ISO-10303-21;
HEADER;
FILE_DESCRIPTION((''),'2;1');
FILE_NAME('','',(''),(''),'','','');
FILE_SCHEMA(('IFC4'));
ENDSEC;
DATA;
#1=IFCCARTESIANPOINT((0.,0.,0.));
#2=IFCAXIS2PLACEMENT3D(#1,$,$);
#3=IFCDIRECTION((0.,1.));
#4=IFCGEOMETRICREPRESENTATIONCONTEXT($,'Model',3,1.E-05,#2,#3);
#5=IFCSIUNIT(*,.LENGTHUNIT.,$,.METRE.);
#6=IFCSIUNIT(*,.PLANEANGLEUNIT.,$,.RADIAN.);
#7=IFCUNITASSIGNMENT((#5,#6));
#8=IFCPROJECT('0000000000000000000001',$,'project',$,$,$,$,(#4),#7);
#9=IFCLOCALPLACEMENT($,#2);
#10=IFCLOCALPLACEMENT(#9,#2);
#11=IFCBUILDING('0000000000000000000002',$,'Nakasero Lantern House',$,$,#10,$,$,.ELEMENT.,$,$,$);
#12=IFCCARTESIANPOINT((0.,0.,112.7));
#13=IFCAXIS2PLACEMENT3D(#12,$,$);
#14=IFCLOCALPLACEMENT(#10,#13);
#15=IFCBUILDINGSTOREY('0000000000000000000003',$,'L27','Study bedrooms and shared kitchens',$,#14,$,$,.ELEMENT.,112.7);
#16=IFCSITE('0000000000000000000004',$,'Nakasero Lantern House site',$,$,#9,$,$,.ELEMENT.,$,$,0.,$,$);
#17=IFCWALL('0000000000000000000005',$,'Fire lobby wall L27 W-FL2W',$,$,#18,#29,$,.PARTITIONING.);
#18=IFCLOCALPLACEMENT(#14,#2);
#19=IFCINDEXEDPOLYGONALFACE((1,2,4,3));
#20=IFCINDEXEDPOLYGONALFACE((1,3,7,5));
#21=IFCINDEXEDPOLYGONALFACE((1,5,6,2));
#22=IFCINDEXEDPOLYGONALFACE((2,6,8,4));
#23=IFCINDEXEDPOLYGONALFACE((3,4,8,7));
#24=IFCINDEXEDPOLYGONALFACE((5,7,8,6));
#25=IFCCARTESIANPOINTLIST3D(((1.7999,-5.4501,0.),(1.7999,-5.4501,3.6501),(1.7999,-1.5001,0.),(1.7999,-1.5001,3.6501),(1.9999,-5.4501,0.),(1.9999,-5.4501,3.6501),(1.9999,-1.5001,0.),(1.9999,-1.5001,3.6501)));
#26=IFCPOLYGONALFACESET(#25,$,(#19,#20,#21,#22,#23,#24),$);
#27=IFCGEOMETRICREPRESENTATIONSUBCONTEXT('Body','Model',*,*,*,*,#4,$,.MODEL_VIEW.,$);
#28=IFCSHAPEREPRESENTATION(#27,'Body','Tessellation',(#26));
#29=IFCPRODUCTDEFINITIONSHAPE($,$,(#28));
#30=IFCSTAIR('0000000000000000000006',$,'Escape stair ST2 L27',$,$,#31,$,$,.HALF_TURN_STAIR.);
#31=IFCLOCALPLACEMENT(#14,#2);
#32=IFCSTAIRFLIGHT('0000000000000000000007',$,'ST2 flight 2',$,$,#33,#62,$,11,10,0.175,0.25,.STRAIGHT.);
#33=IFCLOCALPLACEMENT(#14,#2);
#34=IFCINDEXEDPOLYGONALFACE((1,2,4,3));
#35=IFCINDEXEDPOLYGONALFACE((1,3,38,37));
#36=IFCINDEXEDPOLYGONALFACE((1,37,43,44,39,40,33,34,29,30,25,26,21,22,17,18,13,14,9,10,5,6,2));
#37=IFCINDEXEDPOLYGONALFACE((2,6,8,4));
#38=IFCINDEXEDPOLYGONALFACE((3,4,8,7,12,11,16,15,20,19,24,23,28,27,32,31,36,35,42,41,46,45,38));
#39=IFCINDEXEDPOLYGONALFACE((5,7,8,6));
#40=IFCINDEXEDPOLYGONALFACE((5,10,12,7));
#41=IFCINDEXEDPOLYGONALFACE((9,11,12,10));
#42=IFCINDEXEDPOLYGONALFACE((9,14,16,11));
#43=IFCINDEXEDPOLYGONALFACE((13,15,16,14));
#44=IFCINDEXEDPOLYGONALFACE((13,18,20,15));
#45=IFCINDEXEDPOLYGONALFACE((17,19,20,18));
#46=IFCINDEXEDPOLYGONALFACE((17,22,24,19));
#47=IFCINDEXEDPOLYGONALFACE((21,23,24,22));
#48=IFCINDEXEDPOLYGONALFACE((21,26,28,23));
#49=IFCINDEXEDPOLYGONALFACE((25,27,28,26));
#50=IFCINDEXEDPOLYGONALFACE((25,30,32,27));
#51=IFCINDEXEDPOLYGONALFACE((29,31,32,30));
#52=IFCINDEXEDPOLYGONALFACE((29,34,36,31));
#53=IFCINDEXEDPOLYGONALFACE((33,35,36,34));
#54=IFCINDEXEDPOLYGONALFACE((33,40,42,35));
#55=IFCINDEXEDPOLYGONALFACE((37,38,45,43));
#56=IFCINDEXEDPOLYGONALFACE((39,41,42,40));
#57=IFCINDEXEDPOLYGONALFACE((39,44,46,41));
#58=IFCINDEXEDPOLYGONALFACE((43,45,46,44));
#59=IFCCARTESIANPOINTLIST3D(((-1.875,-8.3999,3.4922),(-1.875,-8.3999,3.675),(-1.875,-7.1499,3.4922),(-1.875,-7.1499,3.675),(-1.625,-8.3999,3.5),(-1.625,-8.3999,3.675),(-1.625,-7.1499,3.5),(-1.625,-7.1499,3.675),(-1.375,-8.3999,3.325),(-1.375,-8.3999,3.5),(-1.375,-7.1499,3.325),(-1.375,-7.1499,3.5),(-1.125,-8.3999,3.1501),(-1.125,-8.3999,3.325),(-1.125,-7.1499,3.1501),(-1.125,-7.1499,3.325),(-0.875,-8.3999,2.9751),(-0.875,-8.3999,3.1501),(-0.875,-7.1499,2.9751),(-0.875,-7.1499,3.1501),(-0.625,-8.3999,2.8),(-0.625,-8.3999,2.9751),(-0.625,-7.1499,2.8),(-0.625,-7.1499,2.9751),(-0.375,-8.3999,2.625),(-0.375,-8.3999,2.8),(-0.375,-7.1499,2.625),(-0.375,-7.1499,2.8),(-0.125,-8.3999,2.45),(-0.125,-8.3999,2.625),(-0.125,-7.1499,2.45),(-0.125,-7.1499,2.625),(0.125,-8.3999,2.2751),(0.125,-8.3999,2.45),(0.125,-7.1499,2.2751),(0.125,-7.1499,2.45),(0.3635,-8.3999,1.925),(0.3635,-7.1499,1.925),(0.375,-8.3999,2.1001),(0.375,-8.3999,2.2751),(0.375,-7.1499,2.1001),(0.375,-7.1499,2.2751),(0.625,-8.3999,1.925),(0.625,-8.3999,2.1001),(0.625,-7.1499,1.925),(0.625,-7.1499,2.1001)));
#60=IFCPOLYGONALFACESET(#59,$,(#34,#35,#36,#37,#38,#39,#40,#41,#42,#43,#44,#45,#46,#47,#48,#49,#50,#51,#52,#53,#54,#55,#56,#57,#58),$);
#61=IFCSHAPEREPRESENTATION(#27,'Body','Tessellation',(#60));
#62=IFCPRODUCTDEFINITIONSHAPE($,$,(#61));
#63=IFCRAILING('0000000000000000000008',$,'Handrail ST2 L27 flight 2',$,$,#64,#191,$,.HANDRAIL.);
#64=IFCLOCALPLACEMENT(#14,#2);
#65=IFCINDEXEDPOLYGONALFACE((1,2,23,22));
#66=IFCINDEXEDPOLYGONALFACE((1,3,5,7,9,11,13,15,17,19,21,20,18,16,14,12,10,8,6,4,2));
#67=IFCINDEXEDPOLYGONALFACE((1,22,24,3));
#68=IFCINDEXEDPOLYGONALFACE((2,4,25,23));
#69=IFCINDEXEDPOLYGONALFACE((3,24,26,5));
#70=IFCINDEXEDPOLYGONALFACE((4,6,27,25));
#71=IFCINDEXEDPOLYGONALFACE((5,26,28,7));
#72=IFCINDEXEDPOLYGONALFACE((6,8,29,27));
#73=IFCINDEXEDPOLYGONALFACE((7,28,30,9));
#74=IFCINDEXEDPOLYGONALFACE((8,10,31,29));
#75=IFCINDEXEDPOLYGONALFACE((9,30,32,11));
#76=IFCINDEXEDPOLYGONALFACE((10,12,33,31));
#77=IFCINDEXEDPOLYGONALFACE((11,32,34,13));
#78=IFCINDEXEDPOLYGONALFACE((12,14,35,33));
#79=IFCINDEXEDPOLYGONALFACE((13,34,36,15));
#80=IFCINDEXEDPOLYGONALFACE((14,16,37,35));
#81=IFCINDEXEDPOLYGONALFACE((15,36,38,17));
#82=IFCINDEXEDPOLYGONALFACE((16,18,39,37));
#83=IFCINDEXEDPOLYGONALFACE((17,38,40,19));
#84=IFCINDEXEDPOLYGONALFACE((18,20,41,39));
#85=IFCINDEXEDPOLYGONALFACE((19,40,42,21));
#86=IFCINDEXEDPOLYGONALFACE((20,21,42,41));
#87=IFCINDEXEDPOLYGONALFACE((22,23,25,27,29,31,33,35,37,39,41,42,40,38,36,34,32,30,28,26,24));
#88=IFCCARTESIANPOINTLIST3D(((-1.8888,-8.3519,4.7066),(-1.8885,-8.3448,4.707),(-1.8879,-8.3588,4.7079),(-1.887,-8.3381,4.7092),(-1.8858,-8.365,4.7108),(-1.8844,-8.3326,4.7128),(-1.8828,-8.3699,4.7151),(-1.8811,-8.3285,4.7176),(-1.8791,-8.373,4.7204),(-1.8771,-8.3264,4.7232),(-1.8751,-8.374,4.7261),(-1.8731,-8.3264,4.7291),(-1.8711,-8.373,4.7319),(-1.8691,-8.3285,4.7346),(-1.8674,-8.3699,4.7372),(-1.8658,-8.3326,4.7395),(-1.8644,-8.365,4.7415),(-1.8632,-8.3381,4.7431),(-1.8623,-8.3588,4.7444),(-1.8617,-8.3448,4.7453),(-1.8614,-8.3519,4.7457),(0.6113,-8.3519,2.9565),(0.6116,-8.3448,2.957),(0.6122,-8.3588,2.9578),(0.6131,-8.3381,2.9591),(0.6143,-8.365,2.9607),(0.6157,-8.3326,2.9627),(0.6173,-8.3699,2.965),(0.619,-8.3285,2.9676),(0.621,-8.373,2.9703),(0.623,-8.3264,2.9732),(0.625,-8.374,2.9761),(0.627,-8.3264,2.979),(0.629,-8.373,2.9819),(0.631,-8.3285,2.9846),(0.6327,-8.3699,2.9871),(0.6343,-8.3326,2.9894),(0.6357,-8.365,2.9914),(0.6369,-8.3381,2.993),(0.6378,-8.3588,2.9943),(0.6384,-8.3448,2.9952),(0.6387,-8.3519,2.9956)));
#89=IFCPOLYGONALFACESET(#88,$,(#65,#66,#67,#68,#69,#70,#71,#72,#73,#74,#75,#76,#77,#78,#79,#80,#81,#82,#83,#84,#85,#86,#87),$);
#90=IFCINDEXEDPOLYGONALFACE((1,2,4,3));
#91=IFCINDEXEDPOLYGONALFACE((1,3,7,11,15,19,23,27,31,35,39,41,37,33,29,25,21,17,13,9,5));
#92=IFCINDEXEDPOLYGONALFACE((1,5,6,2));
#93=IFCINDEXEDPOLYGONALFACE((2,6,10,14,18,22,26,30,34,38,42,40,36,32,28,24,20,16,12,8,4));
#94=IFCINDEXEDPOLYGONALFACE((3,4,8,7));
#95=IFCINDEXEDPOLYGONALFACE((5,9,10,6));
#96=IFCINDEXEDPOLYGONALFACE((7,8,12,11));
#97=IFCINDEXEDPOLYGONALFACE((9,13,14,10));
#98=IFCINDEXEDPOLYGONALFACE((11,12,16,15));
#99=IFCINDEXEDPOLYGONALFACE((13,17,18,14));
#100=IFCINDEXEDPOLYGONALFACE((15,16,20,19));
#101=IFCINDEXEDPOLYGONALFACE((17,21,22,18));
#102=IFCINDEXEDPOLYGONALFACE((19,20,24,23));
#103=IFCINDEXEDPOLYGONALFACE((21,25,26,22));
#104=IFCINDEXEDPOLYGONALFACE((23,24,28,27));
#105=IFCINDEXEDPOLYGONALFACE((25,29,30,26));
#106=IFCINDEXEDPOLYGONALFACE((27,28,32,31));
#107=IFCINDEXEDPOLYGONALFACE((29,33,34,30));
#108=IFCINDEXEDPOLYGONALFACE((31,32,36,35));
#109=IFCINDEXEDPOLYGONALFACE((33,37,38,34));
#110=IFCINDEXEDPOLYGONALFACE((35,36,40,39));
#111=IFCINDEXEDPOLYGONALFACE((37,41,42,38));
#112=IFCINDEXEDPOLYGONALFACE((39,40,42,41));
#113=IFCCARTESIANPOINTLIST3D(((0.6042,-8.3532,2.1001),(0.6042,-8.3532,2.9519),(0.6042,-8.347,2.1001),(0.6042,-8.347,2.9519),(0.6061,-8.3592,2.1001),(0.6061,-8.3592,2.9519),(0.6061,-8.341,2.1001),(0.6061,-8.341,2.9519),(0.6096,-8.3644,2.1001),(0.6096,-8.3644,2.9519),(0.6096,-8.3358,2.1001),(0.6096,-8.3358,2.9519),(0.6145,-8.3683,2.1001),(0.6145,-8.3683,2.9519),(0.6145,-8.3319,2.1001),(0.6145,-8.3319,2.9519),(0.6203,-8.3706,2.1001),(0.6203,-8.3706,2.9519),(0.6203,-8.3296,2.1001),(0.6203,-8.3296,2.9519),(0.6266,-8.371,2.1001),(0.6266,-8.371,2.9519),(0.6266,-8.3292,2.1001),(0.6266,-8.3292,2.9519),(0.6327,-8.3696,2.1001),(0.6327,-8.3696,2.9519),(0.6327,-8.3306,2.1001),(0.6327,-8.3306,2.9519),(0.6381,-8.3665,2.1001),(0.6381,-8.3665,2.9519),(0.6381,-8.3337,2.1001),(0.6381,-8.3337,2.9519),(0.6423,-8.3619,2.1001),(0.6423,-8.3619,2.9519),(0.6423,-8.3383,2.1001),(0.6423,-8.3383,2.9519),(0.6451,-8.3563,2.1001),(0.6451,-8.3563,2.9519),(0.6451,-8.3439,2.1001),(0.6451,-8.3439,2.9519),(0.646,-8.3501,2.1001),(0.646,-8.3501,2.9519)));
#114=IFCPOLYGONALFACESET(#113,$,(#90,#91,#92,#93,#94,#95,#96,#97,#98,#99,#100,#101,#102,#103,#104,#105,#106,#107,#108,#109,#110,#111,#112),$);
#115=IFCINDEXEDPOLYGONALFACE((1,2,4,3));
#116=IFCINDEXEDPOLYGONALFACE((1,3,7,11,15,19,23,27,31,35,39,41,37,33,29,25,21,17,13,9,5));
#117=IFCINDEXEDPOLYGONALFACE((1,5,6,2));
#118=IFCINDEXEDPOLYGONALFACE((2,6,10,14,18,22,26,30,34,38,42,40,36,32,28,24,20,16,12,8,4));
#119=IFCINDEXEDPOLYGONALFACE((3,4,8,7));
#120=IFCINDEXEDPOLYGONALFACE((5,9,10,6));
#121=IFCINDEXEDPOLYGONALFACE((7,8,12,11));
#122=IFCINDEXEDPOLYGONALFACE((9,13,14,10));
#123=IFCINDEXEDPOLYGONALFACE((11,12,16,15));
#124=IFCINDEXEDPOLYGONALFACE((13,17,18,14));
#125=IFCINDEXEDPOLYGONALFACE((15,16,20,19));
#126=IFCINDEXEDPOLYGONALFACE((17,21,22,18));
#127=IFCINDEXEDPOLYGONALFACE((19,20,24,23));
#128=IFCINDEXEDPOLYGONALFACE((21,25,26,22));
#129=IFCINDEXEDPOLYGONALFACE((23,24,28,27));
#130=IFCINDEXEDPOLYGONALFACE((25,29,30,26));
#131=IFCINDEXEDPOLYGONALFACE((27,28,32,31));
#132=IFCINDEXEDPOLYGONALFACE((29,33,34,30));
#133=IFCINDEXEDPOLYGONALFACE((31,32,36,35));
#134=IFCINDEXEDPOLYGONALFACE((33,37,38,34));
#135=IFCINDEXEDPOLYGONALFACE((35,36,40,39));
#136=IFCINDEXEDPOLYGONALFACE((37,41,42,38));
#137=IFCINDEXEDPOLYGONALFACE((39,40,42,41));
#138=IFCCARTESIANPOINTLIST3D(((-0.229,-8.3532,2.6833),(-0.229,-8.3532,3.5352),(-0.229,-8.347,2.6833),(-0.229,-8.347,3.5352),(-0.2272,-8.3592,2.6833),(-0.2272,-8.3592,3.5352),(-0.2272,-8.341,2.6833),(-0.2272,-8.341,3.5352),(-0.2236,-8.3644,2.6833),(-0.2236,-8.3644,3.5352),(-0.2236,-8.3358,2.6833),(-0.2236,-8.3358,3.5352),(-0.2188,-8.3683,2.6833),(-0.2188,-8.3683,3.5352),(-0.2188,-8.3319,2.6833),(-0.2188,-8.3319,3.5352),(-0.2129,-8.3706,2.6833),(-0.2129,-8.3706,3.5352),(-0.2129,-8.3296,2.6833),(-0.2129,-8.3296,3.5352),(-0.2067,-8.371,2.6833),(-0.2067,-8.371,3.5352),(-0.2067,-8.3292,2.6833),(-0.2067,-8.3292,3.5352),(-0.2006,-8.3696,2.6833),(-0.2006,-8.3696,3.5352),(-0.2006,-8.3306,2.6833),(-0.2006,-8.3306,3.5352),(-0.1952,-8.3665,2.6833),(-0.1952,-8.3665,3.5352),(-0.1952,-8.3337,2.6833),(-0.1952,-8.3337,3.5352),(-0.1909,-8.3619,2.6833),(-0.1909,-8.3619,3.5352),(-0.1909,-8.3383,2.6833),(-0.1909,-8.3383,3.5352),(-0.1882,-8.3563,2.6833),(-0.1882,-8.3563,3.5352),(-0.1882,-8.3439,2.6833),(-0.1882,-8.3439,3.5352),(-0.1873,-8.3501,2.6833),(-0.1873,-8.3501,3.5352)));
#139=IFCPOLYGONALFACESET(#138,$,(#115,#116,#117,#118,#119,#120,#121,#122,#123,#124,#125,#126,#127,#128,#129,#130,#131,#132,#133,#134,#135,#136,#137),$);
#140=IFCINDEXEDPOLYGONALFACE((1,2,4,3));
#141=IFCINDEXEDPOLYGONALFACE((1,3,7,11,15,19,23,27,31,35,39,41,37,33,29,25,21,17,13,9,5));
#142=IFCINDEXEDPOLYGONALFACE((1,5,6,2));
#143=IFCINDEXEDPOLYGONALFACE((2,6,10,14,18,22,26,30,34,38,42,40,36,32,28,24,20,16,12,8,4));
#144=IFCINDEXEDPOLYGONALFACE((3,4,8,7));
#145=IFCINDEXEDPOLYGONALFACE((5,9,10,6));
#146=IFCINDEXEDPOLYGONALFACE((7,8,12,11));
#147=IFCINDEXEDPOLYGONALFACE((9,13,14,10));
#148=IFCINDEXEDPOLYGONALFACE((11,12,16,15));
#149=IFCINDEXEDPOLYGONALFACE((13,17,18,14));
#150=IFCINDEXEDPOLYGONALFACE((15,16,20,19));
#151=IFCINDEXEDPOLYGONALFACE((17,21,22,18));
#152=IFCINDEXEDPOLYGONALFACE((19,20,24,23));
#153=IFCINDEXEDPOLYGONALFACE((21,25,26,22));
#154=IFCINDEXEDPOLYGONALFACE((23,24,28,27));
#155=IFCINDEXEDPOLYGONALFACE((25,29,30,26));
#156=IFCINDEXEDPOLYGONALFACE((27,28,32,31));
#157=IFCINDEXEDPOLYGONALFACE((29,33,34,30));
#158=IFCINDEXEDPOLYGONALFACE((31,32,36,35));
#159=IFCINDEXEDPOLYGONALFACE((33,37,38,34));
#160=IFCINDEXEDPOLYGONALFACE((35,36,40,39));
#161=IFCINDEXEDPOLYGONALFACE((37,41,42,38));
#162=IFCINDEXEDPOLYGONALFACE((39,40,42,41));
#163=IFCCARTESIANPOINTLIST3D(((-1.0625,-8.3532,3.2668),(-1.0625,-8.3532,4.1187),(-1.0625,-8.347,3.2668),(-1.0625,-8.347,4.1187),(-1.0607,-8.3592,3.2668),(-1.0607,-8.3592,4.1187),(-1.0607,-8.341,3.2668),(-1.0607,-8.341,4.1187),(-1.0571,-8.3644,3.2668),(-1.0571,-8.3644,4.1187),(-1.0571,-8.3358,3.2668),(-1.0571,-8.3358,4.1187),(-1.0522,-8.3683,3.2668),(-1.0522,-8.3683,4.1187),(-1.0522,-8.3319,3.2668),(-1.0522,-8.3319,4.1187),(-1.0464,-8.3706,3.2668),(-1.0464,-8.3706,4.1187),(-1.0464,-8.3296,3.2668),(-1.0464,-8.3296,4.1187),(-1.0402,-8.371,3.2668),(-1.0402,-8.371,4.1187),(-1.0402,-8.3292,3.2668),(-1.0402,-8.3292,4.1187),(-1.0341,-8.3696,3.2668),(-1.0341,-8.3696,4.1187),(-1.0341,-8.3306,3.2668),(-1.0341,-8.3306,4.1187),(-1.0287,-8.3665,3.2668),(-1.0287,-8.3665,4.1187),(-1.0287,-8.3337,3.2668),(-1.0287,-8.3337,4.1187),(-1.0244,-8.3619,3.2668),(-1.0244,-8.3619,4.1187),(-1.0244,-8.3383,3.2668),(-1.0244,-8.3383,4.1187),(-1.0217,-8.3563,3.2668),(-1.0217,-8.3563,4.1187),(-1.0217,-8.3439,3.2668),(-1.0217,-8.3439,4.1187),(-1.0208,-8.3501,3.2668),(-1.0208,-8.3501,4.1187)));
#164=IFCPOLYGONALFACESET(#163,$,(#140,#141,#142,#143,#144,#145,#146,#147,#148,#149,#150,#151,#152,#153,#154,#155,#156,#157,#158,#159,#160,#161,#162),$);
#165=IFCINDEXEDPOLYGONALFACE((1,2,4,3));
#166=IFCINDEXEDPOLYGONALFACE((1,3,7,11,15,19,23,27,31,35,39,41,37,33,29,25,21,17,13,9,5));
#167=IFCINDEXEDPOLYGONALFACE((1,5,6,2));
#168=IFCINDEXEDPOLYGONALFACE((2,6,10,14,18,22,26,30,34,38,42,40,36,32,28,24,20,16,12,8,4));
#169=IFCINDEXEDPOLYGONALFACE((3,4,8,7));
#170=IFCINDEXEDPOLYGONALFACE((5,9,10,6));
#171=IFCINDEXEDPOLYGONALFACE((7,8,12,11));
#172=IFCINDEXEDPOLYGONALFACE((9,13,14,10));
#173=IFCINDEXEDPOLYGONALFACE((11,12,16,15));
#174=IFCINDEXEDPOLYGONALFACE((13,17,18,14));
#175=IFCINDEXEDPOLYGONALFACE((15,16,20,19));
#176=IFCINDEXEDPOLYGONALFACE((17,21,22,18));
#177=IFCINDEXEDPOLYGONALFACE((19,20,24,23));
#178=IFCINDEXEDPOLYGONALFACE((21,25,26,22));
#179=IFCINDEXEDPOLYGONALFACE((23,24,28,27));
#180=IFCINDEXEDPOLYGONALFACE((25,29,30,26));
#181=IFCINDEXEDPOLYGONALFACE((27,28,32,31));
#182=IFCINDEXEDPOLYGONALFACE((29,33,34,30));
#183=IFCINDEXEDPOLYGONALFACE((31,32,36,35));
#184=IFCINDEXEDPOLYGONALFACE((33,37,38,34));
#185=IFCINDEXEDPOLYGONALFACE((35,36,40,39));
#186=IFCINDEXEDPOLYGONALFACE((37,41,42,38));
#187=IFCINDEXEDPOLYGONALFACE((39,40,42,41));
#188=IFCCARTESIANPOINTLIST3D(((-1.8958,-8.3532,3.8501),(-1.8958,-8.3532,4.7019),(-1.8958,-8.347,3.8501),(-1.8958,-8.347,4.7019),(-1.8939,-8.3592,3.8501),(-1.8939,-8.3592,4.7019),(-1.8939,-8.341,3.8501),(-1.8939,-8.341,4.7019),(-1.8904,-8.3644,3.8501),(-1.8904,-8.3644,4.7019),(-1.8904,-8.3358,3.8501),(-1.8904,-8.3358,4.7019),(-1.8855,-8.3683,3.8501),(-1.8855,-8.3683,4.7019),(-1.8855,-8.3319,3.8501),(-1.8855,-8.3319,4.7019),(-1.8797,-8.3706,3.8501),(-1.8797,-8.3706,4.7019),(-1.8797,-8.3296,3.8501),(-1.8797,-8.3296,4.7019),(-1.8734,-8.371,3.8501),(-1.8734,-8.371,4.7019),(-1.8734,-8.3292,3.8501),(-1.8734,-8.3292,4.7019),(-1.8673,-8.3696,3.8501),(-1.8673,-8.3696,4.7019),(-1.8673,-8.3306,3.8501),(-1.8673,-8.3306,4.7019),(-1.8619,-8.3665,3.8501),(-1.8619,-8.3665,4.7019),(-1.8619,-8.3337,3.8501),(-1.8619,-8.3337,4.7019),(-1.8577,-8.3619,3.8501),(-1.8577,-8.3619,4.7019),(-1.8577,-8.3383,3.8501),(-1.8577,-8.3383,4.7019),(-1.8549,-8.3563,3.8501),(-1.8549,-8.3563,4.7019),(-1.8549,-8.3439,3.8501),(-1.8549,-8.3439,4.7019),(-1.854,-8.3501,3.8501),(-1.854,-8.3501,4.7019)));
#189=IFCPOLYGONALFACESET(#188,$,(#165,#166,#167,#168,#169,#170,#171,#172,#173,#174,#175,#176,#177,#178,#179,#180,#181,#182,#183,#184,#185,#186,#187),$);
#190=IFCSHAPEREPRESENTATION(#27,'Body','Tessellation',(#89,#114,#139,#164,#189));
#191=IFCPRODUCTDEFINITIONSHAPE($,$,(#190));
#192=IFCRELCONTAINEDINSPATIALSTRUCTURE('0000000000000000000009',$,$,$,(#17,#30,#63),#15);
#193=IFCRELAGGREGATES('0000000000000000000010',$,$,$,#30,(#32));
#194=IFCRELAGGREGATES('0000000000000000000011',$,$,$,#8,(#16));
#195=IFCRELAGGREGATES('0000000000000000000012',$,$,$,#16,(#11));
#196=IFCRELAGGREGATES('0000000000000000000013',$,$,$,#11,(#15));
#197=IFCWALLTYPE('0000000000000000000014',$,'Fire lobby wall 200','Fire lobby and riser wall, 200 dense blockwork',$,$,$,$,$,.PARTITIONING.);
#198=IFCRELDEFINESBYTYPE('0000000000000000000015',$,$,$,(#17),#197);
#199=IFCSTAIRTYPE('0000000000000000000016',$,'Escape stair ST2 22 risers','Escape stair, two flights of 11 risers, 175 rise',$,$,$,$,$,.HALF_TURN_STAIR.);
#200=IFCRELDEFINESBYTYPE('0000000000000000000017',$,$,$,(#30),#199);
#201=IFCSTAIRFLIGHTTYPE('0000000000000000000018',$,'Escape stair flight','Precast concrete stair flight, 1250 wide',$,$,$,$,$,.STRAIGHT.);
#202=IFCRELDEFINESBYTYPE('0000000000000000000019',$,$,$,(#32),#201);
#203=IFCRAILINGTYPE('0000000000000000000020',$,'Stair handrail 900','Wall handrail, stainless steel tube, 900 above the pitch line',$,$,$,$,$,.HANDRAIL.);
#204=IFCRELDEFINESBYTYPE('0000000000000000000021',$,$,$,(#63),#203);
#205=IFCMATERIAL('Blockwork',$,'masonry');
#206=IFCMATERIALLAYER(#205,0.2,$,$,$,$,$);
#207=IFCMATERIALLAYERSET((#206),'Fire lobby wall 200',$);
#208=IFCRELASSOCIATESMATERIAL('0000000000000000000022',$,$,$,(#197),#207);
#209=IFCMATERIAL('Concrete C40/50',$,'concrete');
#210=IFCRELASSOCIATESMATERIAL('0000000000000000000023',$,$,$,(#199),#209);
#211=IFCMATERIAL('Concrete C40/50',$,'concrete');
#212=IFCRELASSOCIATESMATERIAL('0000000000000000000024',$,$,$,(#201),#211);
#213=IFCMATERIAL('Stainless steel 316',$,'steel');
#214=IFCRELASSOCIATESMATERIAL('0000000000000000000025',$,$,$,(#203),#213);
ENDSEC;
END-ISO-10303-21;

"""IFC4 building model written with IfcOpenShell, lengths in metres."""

from ifc_helpers import new_model, si_unit, direction, frame, frame_2d, origin, origin_2d, place, context, subcontext, project, spatial, polyline, rectangle, circle, outline, extrude, material, layer, layer_set, type_object, element, aggregate, save


model = new_model("IFC4")

# Units and contexts
model_context = context("Model", 3, precision=1e-05, world=origin(), true_north=direction((0.0, 1.0)))
body_context = subcontext(model_context, "Body", "Model", "MODEL_VIEW")
ifc_project = project(units=[si_unit("LENGTHUNIT", "METRE"), si_unit("PLANEANGLEUNIT", "RADIAN")], contexts=[model_context])

# Site, building, storey
site_placement = place(None, origin())
site = spatial("IfcSite", under=ifc_project, at=site_placement, Name="Nakasero Lantern House site", CompositionType="ELEMENT", RefElevation=0.0)
building_placement = place(site_placement, origin())
building = spatial("IfcBuilding", under=site, at=building_placement, Name="Nakasero Lantern House", CompositionType="ELEMENT")
storey_placement = place(building_placement, frame((0.0, 0.0, 112.7)))
storey = spatial("IfcBuildingStorey", under=building, at=storey_placement, Name="L27", Description="Study bedrooms and shared kitchens", CompositionType="ELEMENT", Elevation=112.7)

# Shared definitions
ifc_material_1 = material(Name="Blockwork", Category="masonry")
ifc_layer_1 = layer(ifc_material_1, 0.2)
ifc_layer_set_1 = layer_set([ifc_layer_1], Name="Fire lobby wall 200")
wall_type_1 = type_object("IfcWallType", Name="Fire lobby wall 200", Description="Fire lobby and riser wall, 200 dense blockwork", PredefinedType="PARTITIONING", material=ifc_layer_set_1)

# Wall
wall_1_placement = place(storey_placement, frame((1.8999, -1.5, 0.0), z_axis=(0.0, 0.0, 1.0), x_axis=(0.0, -1.0, 0.0)))
element("IfcWall", 1, at=wall_1_placement, inside=storey, type_object=wall_type_1, Name="Fire lobby wall L27 W-FL2W", PredefinedType="PARTITIONING", context=body_context, shape_type="SweptSolid", body=[
    extrude(rectangle(XDim=3.95, YDim=0.2, at=frame_2d((1.9751, 0.0))), origin(), (0.0, 0.0, 1.0), 3.6501),
])

# Stair, stair flight
ifc_material_2 = material(Name="Concrete C40/50", Category="concrete")
stair_type = type_object("IfcStairType", Name="Escape stair ST2 22 risers", Description="Escape stair, two flights of 11 risers, 175 rise", PredefinedType="HALF_TURN_STAIR", material=ifc_material_2)
stair_placement = place(storey_placement, origin())
stair = element("IfcStair", 2, at=stair_placement, inside=storey, type_object=stair_type, Name="Escape stair ST2 L27", PredefinedType="HALF_TURN_STAIR")
ifc_material_3 = material(Name="Concrete C40/50", Category="concrete")
stair_flight_type = type_object("IfcStairFlightType", Name="Escape stair flight", Description="Precast concrete stair flight, 1250 wide", PredefinedType="STRAIGHT", material=ifc_material_3)
stair_flight_placement = place(storey_placement, frame((0.625, -7.7749, 1.925), z_axis=(0.0, 0.0, 1.0), x_axis=(-1.0, 0.0, 0.0)))
stair_flight = element("IfcStairFlight", 3, at=stair_flight_placement, type_object=stair_flight_type, Name="ST2 flight 2", NumberOfRisers=11, NumberOfTreads=10, PredefinedType="STRAIGHT", RiserHeight=0.175, TreadLength=0.25, context=body_context, shape_type="SweptSolid", body=[
    extrude(outline(polyline([(0.0, 0.0), (0.0, 0.175), (0.25, 0.175), (0.25, 0.3501), (0.5, 0.3501), (0.5, 0.5249), (0.75, 0.5249), (0.75, 0.7), (1.0, 0.7), (1.0, 0.875), (1.25, 0.875), (1.25, 1.05), (1.5, 1.05), (1.5, 1.2251), (1.75, 1.2251), (1.75, 1.3999), (2.0, 1.3999), (2.0, 1.575), (2.25, 1.575), (2.25, 1.75), (2.5, 1.75), (2.5, 1.925), (2.5, 1.5671), (0.2615, 0.0), (0.0, 0.0)])), frame((0.0, 0.625, 0.0), z_axis=(0.0, -1.0, 0.0), x_axis=(1.0, 0.0, 0.0)), (0.0, 0.0, 1.0), 1.25),
])
aggregate(stair, [stair_flight])

# Railing
ifc_material_4 = material(Name="Stainless steel 316", Category="steel")
railing_type = type_object("IfcRailingType", Name="Stair handrail 900", Description="Wall handrail, stainless steel tube, 900 above the pitch line", PredefinedType="HANDRAIL", material=ifc_material_4)
railing_placement = place(storey_placement, frame((0.625, -8.3501, 2.1001)))
element("IfcRailing", 4, at=railing_placement, inside=storey, type_object=railing_type, Name="Handrail ST2 L27 flight 2", PredefinedType="HANDRAIL", context=body_context, shape_type="SweptSolid", body=[
    extrude(circle(Radius=0.0239, at=origin_2d()), frame((0.0, 0.0, 0.876), z_axis=(-0.819232, 0.0, 0.573462), x_axis=(0.0, -1.0, 0.0)), (0.0, 0.0, 1.0), 3.0518),
    extrude(circle(Radius=0.021, at=origin_2d()), origin(), (0.0, 0.0, 1.0), 0.8518),
    extrude(circle(Radius=0.021, at=origin_2d()), frame((-0.8333, 0.0, 0.5833)), (0.0, 0.0, 1.0), 0.8518),
    extrude(circle(Radius=0.021, at=origin_2d()), frame((-1.6667, 0.0, 1.1667)), (0.0, 0.0, 1.0), 0.8518),
    extrude(circle(Radius=0.021, at=origin_2d()), frame((-2.5, 0.0, 1.75)), (0.0, 0.0, 1.0), 0.8518),
])

save(model, "model.ifc")
